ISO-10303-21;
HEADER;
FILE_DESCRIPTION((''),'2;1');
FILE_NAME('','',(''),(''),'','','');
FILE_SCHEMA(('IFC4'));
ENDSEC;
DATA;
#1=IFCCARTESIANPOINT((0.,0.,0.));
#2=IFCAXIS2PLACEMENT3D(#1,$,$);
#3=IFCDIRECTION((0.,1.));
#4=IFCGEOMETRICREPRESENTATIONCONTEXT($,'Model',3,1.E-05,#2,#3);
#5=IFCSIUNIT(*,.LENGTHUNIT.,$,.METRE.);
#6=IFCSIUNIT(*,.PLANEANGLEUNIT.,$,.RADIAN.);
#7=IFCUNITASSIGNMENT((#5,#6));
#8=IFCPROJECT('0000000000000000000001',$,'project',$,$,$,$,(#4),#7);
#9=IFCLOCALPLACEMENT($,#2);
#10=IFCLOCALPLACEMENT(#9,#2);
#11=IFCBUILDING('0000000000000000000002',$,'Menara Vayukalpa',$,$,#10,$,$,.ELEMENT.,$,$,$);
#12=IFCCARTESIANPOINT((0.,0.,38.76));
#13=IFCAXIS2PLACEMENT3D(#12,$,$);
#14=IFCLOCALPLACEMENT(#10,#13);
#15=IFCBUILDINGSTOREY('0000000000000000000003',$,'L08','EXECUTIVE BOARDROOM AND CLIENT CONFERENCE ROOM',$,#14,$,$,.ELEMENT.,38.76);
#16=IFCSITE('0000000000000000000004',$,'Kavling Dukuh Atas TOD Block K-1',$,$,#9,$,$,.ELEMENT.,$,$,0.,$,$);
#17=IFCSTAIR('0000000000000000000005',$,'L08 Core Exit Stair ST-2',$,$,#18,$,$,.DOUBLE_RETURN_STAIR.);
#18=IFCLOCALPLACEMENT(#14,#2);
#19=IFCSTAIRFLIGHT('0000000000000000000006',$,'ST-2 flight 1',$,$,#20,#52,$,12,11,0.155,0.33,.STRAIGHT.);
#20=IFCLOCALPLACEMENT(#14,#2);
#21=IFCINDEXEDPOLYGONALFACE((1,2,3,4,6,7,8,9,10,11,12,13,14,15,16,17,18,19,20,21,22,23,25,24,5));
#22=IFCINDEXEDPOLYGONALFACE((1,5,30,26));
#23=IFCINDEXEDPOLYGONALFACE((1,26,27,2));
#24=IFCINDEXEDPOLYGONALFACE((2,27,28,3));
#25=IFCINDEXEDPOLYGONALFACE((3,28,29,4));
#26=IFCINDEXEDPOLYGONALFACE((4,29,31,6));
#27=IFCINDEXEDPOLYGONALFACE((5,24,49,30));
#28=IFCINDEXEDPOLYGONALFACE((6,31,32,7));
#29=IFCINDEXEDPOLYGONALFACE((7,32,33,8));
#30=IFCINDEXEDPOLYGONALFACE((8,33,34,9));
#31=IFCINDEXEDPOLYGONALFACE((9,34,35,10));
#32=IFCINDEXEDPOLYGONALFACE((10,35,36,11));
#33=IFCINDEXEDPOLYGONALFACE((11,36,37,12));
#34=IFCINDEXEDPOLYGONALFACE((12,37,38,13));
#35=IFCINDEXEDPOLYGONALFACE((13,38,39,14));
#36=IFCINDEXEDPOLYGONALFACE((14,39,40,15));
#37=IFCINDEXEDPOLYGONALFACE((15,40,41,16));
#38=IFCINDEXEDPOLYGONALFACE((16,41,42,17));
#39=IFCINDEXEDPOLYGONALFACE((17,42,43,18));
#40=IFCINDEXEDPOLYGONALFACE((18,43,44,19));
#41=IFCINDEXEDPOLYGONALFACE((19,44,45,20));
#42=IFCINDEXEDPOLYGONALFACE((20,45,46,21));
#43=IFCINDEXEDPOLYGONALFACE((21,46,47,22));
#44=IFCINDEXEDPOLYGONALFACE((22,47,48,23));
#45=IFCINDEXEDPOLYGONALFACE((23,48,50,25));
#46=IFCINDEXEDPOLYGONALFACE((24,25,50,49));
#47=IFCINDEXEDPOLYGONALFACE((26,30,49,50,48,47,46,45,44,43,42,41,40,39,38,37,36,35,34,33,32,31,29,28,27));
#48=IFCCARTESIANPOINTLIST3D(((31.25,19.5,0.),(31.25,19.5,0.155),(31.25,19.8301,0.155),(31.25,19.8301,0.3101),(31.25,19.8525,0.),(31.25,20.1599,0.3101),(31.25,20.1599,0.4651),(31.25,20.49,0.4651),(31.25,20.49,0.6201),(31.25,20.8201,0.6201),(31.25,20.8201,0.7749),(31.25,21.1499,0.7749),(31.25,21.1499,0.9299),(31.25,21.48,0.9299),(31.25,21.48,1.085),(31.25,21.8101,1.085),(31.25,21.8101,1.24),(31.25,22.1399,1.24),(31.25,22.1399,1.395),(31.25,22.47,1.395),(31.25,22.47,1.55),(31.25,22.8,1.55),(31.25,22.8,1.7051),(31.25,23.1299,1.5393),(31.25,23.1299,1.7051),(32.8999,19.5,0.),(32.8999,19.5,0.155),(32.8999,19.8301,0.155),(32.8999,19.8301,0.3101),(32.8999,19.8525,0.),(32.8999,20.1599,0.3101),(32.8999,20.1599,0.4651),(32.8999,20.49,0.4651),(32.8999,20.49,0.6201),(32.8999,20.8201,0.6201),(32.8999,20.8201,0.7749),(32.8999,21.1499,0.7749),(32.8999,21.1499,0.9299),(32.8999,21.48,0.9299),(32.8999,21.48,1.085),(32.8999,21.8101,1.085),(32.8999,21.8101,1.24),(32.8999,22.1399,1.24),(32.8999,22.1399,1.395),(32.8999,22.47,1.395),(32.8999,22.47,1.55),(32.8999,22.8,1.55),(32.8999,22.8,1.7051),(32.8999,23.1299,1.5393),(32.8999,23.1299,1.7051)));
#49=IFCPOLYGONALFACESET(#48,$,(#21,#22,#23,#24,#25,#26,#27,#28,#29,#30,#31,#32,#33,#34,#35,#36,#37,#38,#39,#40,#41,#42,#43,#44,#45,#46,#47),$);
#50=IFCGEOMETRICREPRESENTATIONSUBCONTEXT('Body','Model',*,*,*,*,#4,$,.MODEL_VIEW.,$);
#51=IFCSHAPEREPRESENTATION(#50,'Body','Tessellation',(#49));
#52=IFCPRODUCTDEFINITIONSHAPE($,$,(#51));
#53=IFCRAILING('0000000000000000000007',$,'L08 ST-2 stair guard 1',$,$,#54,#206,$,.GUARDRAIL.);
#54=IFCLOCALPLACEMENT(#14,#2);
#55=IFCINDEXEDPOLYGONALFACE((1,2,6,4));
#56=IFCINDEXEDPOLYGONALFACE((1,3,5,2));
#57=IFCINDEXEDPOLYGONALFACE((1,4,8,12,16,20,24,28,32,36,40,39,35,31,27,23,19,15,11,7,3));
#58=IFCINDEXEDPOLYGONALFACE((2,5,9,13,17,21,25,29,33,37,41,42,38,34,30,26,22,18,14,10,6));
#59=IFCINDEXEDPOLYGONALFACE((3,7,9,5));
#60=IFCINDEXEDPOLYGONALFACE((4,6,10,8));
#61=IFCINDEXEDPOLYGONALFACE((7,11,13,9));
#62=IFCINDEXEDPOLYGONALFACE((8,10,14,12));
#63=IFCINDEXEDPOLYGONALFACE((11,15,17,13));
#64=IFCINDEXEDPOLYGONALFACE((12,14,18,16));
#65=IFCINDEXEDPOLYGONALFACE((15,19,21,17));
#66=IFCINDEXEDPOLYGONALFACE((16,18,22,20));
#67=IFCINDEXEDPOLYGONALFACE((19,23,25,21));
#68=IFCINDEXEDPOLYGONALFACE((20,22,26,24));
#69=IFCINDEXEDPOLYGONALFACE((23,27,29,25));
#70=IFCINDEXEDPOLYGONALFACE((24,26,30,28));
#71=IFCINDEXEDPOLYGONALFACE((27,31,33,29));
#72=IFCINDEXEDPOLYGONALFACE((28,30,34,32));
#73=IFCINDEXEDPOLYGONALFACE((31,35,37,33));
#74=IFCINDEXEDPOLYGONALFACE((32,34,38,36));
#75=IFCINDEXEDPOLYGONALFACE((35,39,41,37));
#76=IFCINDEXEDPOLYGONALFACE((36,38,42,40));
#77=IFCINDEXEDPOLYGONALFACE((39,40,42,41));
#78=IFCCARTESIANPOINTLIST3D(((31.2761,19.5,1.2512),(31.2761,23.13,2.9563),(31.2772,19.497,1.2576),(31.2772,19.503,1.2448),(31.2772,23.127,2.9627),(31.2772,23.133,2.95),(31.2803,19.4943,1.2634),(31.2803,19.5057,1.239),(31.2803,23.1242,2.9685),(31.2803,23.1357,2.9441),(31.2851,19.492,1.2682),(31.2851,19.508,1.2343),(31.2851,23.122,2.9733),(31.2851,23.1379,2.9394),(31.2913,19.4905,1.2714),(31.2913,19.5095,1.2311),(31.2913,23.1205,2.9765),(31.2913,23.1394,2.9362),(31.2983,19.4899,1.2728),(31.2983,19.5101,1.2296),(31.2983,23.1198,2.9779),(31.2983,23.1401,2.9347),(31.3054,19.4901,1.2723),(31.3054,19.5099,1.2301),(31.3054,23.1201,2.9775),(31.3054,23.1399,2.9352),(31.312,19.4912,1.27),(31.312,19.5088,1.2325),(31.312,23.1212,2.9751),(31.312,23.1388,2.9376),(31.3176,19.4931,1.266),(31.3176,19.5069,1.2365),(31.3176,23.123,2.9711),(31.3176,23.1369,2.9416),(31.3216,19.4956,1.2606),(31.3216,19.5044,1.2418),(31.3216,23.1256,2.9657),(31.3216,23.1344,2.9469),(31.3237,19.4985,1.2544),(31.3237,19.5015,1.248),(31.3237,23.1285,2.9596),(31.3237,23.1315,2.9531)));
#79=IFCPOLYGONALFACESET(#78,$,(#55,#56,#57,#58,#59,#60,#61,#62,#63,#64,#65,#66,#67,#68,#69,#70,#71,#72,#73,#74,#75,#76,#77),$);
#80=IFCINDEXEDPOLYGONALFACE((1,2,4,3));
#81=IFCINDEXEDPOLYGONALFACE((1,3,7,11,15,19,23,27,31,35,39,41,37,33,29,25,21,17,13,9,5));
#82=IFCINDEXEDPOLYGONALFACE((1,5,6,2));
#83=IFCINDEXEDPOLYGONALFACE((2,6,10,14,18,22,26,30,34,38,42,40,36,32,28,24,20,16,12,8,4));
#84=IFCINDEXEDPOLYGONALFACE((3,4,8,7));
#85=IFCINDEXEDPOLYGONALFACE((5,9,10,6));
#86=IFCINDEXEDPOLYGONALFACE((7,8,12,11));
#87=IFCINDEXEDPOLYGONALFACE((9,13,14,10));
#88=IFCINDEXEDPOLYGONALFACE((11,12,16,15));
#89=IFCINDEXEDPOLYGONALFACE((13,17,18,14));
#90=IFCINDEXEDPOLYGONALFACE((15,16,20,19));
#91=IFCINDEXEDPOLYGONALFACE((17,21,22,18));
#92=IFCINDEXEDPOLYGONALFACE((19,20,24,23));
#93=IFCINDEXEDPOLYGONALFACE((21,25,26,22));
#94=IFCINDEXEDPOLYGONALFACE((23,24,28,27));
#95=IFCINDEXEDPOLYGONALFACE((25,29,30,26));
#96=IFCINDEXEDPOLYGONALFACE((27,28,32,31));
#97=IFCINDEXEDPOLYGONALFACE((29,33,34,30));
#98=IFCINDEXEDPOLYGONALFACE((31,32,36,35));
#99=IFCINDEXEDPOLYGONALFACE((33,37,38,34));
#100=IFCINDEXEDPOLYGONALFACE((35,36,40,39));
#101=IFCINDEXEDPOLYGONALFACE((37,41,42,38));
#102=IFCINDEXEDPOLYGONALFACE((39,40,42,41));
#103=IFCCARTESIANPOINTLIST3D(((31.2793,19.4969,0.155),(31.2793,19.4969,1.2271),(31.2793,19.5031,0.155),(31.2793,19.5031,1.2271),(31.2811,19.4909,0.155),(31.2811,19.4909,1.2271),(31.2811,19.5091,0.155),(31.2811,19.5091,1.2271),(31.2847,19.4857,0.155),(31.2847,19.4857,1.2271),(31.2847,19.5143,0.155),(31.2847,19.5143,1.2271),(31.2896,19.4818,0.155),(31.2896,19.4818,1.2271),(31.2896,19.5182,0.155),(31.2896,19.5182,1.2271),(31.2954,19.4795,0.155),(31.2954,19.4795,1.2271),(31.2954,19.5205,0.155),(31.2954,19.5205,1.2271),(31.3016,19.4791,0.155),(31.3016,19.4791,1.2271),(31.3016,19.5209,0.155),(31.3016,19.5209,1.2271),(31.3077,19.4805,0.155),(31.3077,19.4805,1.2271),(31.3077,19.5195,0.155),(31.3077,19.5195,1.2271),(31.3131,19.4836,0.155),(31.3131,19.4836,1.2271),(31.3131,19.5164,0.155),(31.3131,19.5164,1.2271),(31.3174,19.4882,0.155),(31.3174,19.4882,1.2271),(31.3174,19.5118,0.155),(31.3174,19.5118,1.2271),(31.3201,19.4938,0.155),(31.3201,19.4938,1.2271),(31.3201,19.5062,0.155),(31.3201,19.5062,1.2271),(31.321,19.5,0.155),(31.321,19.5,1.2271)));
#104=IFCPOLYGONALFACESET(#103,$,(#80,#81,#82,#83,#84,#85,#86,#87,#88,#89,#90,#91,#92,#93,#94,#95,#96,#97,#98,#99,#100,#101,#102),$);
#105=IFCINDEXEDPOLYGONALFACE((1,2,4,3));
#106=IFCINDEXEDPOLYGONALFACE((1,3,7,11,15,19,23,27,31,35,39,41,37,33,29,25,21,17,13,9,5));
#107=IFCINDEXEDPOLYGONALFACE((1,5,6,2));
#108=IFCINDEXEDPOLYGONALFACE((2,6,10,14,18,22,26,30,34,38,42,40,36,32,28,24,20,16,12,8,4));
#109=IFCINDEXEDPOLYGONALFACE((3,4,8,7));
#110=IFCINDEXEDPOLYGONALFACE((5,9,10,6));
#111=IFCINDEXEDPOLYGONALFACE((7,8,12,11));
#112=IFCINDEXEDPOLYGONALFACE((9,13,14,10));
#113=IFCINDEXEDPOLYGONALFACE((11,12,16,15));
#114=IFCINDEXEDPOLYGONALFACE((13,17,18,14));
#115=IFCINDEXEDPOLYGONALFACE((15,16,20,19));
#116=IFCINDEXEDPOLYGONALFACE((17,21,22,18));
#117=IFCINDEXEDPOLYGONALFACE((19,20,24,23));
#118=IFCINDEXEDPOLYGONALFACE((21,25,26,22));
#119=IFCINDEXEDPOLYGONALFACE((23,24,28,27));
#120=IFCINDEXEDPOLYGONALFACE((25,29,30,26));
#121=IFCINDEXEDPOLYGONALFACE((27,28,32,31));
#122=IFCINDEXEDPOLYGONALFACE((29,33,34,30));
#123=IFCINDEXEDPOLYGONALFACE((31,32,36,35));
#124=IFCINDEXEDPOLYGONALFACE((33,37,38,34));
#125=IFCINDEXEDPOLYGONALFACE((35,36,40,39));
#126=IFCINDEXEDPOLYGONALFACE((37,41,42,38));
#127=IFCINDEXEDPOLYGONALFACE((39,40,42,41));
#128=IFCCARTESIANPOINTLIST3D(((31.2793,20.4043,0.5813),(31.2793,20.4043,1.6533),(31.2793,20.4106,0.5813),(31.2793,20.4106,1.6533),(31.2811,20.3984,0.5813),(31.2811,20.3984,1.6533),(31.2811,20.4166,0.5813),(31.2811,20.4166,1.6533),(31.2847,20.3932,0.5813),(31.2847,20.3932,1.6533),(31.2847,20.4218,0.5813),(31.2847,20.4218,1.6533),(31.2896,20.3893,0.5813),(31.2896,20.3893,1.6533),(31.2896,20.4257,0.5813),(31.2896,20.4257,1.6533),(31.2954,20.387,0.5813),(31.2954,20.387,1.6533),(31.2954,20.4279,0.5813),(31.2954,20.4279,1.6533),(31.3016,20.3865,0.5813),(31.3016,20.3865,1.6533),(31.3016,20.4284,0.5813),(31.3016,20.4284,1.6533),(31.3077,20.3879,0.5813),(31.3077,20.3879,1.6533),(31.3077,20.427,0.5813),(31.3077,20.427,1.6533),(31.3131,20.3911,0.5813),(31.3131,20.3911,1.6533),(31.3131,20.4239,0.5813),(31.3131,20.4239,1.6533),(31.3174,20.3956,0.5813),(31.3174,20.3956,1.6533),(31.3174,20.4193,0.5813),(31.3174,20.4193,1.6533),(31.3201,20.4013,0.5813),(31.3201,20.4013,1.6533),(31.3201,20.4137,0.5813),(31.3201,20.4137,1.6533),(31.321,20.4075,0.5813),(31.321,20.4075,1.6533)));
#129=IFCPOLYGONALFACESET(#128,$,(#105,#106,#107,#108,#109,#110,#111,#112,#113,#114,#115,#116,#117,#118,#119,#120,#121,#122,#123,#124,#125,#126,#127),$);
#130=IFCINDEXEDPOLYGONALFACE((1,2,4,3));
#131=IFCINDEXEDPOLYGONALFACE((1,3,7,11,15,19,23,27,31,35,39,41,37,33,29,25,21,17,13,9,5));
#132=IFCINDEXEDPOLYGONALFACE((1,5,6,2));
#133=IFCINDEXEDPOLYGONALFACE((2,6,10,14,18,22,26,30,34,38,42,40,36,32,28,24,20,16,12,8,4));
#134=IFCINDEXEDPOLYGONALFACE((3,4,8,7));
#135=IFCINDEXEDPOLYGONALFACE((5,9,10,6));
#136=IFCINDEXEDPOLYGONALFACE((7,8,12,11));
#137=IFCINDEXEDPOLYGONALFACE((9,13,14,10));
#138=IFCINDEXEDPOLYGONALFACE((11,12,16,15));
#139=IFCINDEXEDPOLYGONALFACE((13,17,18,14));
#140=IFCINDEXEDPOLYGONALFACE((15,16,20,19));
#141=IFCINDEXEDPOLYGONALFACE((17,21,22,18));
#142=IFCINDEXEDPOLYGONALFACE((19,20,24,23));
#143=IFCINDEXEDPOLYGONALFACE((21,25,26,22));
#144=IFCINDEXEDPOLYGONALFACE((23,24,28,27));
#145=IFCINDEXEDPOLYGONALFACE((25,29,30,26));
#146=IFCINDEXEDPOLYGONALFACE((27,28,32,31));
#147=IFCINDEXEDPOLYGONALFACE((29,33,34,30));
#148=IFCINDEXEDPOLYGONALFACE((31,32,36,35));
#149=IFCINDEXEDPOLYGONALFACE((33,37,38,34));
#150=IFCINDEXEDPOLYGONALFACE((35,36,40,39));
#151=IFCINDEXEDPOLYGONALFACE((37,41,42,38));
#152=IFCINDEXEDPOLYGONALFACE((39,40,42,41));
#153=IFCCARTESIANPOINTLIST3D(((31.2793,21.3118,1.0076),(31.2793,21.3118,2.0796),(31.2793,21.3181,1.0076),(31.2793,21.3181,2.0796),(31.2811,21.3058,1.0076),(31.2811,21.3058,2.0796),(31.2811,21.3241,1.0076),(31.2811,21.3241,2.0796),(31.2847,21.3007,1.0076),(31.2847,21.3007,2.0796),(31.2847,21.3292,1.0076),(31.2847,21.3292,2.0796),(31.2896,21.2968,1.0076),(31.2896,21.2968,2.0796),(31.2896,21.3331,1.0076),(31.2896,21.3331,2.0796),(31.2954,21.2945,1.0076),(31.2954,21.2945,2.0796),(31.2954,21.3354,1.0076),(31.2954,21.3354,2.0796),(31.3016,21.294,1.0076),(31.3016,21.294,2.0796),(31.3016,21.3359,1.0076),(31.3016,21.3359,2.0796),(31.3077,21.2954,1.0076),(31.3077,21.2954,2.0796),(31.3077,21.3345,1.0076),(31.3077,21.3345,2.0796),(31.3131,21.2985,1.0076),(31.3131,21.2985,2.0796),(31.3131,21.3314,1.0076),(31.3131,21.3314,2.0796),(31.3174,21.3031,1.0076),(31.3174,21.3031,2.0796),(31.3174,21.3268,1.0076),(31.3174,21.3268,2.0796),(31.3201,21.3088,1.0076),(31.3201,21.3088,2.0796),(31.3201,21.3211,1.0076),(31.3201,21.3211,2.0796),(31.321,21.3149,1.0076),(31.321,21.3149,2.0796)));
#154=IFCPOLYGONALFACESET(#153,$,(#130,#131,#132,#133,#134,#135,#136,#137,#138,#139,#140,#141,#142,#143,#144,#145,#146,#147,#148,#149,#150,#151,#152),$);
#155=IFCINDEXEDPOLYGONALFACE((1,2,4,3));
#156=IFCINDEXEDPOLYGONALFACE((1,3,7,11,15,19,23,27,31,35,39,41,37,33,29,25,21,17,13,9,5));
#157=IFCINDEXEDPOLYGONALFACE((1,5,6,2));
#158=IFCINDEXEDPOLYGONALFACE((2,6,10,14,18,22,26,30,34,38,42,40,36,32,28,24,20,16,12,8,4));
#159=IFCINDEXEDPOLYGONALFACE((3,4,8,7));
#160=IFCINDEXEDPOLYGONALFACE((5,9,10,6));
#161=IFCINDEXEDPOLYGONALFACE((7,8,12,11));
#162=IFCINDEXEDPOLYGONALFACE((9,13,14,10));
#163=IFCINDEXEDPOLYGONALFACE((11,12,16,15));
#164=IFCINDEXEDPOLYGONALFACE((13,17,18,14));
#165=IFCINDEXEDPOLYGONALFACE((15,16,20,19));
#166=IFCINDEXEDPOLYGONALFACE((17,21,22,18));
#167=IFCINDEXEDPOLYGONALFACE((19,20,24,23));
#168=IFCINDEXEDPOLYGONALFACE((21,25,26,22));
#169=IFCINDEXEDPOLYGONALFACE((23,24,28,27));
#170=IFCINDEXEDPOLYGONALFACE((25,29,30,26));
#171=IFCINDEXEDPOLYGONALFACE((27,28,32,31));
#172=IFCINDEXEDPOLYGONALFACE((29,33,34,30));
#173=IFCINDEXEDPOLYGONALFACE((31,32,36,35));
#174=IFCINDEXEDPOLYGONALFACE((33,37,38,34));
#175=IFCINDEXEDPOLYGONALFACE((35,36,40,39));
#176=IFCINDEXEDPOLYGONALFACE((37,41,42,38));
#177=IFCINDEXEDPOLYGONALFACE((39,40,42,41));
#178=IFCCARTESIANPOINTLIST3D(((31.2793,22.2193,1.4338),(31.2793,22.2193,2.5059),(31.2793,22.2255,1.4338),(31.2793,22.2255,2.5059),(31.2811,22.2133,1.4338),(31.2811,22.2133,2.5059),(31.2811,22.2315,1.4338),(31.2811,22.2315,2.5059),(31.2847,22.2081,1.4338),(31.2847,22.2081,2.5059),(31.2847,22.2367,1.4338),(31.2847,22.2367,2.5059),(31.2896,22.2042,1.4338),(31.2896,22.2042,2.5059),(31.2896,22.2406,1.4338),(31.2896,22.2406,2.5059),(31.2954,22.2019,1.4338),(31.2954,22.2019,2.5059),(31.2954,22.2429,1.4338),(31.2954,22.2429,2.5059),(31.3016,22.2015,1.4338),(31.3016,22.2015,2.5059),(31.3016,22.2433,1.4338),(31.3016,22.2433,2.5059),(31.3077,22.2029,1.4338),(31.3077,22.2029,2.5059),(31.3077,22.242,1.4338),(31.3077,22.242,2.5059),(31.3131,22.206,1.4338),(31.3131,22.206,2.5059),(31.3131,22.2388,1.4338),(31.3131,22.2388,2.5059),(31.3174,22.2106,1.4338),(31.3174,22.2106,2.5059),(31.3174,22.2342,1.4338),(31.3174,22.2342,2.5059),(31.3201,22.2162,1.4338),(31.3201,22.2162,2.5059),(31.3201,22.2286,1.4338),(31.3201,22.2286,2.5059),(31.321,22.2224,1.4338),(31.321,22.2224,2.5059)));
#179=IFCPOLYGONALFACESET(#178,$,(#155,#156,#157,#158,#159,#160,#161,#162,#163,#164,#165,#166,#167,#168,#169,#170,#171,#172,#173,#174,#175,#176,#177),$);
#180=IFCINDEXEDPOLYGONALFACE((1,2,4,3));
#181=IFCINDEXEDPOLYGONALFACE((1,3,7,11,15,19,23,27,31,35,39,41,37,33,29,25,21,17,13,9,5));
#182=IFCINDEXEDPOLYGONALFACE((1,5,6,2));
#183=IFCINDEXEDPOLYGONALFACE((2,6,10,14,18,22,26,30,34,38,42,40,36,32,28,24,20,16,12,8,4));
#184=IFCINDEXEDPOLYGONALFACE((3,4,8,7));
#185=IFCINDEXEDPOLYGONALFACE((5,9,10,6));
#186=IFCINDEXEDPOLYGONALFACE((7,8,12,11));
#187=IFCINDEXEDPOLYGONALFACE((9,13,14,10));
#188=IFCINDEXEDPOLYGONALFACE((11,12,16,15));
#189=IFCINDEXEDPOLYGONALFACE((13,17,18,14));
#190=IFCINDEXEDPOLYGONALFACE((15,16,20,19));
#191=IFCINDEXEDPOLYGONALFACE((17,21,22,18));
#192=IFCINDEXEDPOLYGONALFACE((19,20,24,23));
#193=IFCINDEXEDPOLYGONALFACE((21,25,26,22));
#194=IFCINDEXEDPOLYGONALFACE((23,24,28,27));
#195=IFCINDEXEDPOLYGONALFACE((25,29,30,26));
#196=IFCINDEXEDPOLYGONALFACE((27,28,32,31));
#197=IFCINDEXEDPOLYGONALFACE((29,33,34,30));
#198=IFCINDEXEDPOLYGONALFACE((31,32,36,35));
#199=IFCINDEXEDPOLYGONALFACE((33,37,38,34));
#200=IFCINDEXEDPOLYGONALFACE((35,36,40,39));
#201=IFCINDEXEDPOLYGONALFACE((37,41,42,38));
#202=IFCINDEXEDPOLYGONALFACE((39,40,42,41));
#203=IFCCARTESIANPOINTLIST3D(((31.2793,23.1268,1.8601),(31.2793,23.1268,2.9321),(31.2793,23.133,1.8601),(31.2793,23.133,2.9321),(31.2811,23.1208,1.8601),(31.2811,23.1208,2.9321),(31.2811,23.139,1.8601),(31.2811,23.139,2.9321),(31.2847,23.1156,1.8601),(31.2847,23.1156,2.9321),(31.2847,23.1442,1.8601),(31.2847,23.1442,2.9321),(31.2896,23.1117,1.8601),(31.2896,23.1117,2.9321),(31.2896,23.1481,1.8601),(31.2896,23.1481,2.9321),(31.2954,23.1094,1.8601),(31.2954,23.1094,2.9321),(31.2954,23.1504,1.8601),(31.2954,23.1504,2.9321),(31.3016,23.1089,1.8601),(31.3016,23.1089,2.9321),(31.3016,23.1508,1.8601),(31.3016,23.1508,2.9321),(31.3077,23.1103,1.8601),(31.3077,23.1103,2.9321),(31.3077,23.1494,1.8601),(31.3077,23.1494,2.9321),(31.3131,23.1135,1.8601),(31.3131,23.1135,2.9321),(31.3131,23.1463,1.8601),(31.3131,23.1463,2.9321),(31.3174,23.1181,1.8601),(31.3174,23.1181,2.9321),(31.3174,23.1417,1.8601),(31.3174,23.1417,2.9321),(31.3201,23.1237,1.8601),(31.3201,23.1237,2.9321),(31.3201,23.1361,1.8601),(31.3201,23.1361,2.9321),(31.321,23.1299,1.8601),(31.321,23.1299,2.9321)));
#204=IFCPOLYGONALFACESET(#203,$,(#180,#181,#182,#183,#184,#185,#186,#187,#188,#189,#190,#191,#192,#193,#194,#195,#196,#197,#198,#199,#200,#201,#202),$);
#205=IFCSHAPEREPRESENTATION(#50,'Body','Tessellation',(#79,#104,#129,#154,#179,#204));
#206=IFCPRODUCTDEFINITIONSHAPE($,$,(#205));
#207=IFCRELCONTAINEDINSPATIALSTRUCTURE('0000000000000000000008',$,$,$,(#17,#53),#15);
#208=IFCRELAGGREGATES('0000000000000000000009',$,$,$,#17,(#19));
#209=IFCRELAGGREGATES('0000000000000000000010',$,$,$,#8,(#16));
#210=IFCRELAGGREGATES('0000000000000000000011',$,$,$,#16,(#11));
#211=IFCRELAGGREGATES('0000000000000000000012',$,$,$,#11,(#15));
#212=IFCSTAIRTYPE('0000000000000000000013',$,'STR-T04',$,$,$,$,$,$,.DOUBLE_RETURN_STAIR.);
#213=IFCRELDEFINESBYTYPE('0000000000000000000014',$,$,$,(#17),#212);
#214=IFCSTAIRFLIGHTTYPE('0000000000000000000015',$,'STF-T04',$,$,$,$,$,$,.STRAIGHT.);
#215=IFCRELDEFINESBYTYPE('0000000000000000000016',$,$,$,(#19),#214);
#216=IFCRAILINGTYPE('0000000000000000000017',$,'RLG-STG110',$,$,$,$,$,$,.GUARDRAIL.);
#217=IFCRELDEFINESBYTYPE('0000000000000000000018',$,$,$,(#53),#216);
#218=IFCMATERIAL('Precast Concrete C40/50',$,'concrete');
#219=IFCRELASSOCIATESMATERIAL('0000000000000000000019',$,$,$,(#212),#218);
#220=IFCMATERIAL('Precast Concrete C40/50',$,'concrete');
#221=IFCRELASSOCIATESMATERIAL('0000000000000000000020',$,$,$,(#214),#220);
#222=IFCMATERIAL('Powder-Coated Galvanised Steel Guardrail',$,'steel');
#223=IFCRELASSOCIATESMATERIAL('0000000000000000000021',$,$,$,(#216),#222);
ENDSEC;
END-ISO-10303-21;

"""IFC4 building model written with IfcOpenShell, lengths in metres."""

from ifc_helpers import new_model, si_unit, direction, frame, origin, origin_2d, place, context, subcontext, project, spatial, polyline, circle, outline, extrude, material, type_object, element, aggregate, save


model = new_model("IFC4")

# Units and contexts
model_context = context("Model", 3, precision=1e-05, world=origin(), true_north=direction((0.0, 1.0)))
body_context = subcontext(model_context, "Body", "Model", "MODEL_VIEW")
ifc_project = project(units=[si_unit("LENGTHUNIT", "METRE"), si_unit("PLANEANGLEUNIT", "RADIAN")], contexts=[model_context])

# Site, building, storey
site_placement = place(None, origin())
site = spatial("IfcSite", under=ifc_project, at=site_placement, Name="Kavling Dukuh Atas TOD Block K-1", CompositionType="ELEMENT", RefElevation=0.0)
building_placement = place(site_placement, origin())
building = spatial("IfcBuilding", under=site, at=building_placement, Name="Menara Vayukalpa", CompositionType="ELEMENT")
storey_placement = place(building_placement, frame((0.0, 0.0, 38.76)))
storey = spatial("IfcBuildingStorey", under=building, at=storey_placement, Name="L08", Description="EXECUTIVE BOARDROOM AND CLIENT CONFERENCE ROOM", CompositionType="ELEMENT", Elevation=38.76)

# Stair, stair flight
ifc_material_1 = material(Name="Precast Concrete C40/50", Category="concrete")
stair_type = type_object("IfcStairType", Name="STR-T04", PredefinedType="DOUBLE_RETURN_STAIR", material=ifc_material_1)
stair_placement = place(storey_placement, origin())
stair = element("IfcStair", 1, at=stair_placement, inside=storey, type_object=stair_type, Name="L08 Core Exit Stair ST-2", PredefinedType="DOUBLE_RETURN_STAIR")
ifc_material_2 = material(Name="Precast Concrete C40/50", Category="concrete")
stair_flight_type = type_object("IfcStairFlightType", Name="STF-T04", PredefinedType="STRAIGHT", material=ifc_material_2)
stair_flight_placement = place(storey_placement, frame((32.075, 19.5, 0.0), z_axis=(0.0, 0.0, 1.0), x_axis=(0.0, 1.0, 0.0)))
stair_flight = element("IfcStairFlight", 2, at=stair_flight_placement, type_object=stair_flight_type, Name="ST-2 flight 1", NumberOfRisers=12, NumberOfTreads=11, PredefinedType="STRAIGHT", RiserHeight=0.155, TreadLength=0.33, context=body_context, shape_type="SweptSolid", body=[
    extrude(outline(polyline([(0.0, 0.0), (0.0, 0.155), (0.3301, 0.155), (0.3301, 0.3101), (0.6599, 0.3101), (0.6599, 0.4651), (0.99, 0.4651), (0.99, 0.6201), (1.3201, 0.6201), (1.3201, 0.7749), (1.6499, 0.7749), (1.6499, 0.9299), (1.98, 0.9299), (1.98, 1.085), (2.3101, 1.085), (2.3101, 1.24), (2.6399, 1.24), (2.6399, 1.395), (2.97, 1.395), (2.97, 1.55), (3.3, 1.55), (3.3, 1.7051), (3.6299, 1.7051), (3.6299, 1.8601), (3.6299, 1.5393), (0.3525, 0.0), (0.0, 0.0)])), frame((0.0, 0.825, 0.0), z_axis=(0.0, -1.0, 0.0), x_axis=(1.0, 0.0, 0.0)), (0.0, 0.0, 1.0), 1.6499),
])
aggregate(stair, [stair_flight])

# Railing
ifc_material_3 = material(Name="Powder-Coated Galvanised Steel Guardrail", Category="steel")
railing_type_1 = type_object("IfcRailingType", Name="RLG-STG110", PredefinedType="GUARDRAIL", material=ifc_material_3)
railing_1_placement = place(storey_placement, frame((31.3, 19.5, 0.155)))
element("IfcRailing", 3, at=railing_1_placement, inside=storey, type_object=railing_type_1, Name="L08 ST-2 stair guard 1", PredefinedType="GUARDRAIL", context=body_context, shape_type="SweptSolid", body=[
    extrude(circle(Radius=0.0239, at=origin_2d()), frame((0.0, 0.0, 1.0962), z_axis=(0.0, 0.905116, 0.425164), x_axis=(-1.0, 0.0, 0.0)), (0.0, 0.0, 1.0), 4.0105),
    extrude(circle(Radius=0.021, at=origin_2d()), origin(), (0.0, 0.0, 1.0), 1.072),
    extrude(circle(Radius=0.021, at=origin_2d()), frame((0.0, 0.9075, 0.4263)), (0.0, 0.0, 1.0), 1.072),
    extrude(circle(Radius=0.021, at=origin_2d()), frame((0.0, 1.8149, 0.8525)), (0.0, 0.0, 1.0), 1.072),
    extrude(circle(Radius=0.021, at=origin_2d()), frame((0.0, 2.7224, 1.2788)), (0.0, 0.0, 1.0), 1.072),
    extrude(circle(Radius=0.021, at=origin_2d()), frame((0.0, 3.6299, 1.7051)), (0.0, 0.0, 1.0), 1.072),
])

save(model, "model.ifc")
